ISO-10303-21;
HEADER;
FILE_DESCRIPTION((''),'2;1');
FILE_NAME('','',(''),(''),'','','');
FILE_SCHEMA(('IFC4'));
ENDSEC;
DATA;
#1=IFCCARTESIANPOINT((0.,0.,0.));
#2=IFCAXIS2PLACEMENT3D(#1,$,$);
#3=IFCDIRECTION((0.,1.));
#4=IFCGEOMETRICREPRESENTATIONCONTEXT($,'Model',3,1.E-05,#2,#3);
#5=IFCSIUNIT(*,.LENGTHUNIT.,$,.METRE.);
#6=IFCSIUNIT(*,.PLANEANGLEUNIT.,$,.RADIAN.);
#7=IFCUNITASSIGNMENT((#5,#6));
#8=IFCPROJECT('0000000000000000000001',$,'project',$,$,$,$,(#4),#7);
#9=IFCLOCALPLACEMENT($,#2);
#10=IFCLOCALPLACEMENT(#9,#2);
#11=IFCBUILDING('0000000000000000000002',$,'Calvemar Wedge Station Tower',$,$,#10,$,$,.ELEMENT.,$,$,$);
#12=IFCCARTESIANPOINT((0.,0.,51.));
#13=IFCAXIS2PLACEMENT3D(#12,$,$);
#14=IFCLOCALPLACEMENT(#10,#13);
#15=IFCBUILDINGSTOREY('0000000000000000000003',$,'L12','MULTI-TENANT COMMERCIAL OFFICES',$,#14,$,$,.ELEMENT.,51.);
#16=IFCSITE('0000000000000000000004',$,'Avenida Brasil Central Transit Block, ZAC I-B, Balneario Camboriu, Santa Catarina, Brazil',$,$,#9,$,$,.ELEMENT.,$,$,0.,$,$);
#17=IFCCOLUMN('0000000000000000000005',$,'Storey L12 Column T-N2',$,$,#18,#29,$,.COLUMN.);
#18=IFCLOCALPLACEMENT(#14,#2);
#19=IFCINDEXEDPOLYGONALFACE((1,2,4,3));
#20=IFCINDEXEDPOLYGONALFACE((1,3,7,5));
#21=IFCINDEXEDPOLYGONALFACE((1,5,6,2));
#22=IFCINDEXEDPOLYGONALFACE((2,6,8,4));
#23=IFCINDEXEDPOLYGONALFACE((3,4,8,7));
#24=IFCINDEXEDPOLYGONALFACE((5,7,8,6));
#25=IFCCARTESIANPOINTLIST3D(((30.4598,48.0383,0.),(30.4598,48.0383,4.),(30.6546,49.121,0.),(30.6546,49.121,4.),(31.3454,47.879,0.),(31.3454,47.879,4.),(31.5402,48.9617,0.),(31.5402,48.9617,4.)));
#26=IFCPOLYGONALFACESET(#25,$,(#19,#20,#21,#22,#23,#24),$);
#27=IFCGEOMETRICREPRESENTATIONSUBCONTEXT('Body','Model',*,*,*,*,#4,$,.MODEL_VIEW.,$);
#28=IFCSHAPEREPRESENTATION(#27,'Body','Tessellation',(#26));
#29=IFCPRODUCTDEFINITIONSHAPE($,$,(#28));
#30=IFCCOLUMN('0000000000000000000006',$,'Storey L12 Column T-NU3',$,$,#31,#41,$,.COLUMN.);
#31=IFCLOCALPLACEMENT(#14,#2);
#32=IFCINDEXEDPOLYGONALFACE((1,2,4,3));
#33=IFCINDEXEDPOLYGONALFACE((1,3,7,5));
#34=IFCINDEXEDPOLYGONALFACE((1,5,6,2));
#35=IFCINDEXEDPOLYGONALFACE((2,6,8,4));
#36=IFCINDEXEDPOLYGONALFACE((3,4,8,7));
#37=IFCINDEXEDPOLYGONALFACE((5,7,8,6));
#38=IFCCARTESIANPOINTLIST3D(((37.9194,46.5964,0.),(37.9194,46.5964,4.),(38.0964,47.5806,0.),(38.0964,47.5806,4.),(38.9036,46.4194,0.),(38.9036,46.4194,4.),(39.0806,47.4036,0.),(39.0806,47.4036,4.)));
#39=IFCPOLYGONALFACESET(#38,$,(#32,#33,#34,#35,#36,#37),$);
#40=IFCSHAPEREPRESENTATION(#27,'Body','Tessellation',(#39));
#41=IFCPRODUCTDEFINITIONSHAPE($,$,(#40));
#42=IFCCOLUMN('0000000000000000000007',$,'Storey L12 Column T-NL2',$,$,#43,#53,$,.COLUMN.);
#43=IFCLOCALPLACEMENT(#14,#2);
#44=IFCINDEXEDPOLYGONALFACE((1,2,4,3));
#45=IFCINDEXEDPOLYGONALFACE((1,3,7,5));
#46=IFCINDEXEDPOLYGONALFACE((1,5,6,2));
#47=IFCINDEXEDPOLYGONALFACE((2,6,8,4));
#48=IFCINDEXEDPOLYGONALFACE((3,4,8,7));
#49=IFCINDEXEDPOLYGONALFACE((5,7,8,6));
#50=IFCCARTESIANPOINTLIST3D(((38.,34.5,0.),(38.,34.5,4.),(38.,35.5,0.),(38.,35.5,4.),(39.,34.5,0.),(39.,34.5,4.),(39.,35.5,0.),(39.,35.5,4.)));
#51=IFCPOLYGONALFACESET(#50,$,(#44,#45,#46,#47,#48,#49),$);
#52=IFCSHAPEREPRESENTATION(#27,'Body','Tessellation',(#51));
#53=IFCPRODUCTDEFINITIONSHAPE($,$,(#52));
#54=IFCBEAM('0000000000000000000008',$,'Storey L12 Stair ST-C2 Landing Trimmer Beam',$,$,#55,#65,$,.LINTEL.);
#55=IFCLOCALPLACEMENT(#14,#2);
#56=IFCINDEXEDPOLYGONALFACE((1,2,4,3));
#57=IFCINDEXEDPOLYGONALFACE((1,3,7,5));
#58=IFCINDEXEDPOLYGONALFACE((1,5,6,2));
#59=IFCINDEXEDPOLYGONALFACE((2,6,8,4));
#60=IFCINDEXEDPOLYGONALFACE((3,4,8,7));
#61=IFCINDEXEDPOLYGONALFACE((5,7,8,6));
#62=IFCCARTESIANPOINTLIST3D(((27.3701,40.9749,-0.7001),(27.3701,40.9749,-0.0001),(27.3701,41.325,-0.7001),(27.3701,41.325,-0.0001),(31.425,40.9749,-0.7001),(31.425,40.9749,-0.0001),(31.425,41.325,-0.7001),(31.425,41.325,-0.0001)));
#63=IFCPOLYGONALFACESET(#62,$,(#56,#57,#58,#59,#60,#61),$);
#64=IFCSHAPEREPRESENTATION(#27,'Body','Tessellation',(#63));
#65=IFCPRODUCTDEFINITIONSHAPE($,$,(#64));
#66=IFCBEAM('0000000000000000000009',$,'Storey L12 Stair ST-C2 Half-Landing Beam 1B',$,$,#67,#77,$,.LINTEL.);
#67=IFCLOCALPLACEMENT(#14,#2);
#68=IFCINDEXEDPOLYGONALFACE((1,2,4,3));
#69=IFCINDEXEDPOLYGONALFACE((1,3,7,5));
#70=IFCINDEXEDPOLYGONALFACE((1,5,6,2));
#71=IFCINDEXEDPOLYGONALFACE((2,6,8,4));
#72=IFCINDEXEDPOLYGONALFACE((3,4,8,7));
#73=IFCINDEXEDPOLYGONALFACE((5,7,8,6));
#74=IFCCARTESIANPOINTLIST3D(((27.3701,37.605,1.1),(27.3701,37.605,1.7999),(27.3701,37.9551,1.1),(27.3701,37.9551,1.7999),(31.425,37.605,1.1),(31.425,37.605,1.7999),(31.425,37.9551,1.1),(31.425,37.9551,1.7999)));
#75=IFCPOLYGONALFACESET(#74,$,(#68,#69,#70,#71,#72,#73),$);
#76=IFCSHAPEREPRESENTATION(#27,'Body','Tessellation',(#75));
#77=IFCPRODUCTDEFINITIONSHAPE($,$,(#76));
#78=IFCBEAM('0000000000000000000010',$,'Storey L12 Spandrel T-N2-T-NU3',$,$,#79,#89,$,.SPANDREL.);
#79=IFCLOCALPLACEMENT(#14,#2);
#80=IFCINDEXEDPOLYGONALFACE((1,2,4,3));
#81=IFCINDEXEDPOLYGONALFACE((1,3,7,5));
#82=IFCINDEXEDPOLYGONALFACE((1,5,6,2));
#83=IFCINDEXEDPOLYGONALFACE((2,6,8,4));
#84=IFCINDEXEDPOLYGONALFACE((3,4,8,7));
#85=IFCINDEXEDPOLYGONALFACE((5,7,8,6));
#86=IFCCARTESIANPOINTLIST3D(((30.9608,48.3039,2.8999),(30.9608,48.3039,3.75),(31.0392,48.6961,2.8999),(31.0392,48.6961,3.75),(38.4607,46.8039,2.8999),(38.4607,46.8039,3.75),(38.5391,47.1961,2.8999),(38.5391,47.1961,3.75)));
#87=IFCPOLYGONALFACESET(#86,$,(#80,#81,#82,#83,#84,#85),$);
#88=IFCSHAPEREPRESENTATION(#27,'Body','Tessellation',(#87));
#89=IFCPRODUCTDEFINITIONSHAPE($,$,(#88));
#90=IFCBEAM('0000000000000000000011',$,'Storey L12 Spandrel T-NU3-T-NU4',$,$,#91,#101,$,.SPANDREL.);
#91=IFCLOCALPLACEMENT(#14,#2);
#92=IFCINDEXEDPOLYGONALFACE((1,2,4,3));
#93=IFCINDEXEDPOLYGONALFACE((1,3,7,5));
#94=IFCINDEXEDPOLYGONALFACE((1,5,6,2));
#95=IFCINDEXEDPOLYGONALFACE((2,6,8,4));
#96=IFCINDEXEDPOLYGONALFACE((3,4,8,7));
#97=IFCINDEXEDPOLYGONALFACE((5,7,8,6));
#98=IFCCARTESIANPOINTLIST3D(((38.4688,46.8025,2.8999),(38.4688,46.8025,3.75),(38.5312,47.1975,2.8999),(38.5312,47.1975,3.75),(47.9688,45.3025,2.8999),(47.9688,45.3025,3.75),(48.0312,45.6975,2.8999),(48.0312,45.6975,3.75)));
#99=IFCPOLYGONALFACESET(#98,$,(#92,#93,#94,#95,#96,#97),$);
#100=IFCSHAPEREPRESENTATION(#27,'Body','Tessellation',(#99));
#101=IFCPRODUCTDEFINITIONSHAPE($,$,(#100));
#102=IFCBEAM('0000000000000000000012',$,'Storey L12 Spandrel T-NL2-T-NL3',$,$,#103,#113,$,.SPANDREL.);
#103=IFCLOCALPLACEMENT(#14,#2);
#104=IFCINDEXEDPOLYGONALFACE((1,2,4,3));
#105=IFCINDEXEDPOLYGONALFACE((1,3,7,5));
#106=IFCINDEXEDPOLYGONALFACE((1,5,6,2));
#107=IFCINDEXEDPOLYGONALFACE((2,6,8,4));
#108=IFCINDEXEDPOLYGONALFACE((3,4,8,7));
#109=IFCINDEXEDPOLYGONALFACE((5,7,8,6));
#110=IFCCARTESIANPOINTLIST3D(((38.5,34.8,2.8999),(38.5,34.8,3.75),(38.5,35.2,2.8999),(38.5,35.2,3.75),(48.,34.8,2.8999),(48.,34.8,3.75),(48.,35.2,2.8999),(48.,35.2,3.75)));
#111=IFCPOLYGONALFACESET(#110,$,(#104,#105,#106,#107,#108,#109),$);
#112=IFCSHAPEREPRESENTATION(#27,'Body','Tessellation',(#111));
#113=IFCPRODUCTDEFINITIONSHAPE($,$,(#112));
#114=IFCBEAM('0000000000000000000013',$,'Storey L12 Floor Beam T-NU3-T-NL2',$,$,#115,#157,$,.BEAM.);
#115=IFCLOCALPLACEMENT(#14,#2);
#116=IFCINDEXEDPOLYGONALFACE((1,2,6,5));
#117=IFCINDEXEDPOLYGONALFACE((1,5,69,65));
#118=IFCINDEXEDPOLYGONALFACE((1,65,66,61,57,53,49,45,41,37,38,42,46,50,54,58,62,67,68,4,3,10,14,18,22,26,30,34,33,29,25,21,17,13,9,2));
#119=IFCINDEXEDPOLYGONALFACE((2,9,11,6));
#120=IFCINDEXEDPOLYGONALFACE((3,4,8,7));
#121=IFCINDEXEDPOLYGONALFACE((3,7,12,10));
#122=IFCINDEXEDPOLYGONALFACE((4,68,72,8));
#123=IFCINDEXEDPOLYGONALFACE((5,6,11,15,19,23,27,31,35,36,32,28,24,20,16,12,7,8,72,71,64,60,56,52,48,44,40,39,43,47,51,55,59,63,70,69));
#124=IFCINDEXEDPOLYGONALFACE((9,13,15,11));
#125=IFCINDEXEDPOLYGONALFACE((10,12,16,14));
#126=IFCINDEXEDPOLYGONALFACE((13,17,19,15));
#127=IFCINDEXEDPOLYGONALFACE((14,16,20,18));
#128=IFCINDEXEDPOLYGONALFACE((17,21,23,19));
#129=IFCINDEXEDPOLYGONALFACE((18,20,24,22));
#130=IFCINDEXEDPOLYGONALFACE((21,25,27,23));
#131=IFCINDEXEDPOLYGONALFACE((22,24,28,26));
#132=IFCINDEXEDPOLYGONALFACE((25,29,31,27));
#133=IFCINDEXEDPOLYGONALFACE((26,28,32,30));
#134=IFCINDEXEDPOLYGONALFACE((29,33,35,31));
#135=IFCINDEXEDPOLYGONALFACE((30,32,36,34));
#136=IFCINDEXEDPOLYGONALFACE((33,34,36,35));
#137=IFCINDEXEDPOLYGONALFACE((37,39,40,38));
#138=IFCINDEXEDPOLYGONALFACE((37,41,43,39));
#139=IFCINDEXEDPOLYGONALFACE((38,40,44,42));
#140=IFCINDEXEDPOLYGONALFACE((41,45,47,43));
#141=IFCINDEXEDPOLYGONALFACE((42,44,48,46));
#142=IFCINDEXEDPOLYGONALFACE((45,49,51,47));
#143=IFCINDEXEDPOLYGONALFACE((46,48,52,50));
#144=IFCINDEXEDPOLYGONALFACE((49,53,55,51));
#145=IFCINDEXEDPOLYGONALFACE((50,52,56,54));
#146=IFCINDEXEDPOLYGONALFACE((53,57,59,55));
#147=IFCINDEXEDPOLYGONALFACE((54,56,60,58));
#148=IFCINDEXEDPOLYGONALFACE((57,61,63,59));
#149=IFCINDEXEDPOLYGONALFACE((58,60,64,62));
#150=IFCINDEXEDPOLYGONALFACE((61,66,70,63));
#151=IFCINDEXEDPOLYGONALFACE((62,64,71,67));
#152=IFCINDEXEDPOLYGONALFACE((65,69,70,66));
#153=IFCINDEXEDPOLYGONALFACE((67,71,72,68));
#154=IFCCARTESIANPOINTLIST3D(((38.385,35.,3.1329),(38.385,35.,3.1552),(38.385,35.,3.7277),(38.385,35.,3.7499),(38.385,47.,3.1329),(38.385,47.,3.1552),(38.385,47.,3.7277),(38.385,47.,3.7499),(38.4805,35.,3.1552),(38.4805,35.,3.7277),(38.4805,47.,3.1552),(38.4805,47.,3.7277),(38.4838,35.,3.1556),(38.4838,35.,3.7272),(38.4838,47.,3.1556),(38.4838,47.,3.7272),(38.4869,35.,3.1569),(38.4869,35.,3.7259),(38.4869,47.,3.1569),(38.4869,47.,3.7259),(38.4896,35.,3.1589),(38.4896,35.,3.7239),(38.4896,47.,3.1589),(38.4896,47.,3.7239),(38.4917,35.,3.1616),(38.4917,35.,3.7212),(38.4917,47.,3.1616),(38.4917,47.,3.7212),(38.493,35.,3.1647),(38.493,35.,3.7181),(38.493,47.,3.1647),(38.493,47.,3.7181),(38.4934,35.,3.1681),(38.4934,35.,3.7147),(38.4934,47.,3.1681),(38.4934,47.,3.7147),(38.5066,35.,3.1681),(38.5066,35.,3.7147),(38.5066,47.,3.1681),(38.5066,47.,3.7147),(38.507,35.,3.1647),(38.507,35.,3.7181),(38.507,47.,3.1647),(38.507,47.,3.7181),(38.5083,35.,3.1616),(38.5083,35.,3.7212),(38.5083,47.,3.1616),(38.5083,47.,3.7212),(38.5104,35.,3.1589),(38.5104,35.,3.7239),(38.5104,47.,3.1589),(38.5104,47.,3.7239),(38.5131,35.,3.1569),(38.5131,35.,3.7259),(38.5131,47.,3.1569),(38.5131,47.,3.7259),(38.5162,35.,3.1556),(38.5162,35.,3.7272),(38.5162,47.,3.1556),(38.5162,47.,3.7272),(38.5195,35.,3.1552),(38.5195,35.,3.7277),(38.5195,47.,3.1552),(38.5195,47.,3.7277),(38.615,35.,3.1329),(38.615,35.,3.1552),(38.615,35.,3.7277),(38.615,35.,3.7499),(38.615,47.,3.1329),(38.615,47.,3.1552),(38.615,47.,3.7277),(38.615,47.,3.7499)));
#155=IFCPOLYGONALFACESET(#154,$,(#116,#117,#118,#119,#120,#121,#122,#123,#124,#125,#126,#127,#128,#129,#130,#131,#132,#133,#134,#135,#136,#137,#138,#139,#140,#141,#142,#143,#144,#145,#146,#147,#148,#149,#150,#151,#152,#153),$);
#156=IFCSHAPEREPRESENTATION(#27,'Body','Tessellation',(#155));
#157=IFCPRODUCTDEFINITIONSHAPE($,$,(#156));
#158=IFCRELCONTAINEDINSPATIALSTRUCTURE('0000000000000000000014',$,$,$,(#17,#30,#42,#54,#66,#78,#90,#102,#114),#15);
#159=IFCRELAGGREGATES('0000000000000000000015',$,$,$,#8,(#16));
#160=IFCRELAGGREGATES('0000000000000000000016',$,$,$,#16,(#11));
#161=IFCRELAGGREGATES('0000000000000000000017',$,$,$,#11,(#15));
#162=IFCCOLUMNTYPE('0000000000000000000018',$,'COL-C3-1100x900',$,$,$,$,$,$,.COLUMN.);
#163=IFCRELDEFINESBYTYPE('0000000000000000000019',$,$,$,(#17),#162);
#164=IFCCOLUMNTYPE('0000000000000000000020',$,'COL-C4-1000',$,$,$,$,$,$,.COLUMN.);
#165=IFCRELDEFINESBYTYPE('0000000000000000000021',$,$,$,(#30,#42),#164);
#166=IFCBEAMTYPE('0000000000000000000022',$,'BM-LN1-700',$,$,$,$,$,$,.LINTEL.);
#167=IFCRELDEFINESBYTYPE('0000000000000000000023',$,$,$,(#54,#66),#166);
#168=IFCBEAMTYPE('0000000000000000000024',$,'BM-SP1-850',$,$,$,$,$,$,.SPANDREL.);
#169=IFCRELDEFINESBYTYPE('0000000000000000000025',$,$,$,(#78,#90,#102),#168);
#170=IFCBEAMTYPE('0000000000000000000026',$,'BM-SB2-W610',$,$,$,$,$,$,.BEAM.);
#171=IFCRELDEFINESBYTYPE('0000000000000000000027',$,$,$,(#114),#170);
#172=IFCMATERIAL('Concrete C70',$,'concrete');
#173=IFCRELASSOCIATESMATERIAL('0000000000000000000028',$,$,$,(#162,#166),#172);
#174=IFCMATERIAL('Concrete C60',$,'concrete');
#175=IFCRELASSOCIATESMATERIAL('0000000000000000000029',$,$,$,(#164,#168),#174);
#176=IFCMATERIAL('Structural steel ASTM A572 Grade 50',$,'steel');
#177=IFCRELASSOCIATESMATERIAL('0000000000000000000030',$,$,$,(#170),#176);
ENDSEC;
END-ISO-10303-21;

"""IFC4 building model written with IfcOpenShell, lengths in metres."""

from ifc_helpers import new_model, si_unit, direction, frame, origin, origin_2d, place, context, subcontext, project, spatial, rectangle, i_section, extrude, source, transform, mapped, material, material_profile, profile_set, type_object, element, save


model = new_model("IFC4")

# Units and contexts
model_context = context("Model", 3, precision=1e-05, world=origin(), true_north=direction((0.0, 1.0)))
body_context = subcontext(model_context, "Body", "Model", "MODEL_VIEW")
ifc_project = project(units=[si_unit("LENGTHUNIT", "METRE"), si_unit("PLANEANGLEUNIT", "RADIAN")], contexts=[model_context])

# Site, building, storey
site_placement = place(None, origin())
site = spatial("IfcSite", under=ifc_project, at=site_placement, Name="Avenida Brasil Central Transit Block, ZAC I-B, Balneario Camboriu, Santa Catarina, Brazil", CompositionType="ELEMENT", RefElevation=0.0)
building_placement = place(site_placement, origin())
building = spatial("IfcBuilding", under=site, at=building_placement, Name="Calvemar Wedge Station Tower", CompositionType="ELEMENT")
storey_placement = place(building_placement, frame((0.0, 0.0, 51.0)))
storey = spatial("IfcBuildingStorey", under=building, at=storey_placement, Name="L12", Description="MULTI-TENANT COMMERCIAL OFFICES", CompositionType="ELEMENT", Elevation=51.0)

# Columns
ifc_material_1 = material(Name="Concrete C70", Category="concrete")
ifc_material_profile_1 = material_profile(ifc_material_1, rectangle(XDim=0.8999, YDim=1.1001, at=origin_2d()), Name="RC1100x900")
ifc_profile_set_1 = profile_set([ifc_material_profile_1], Name="Concrete C70")
column_type_1 = type_object("IfcColumnType", Name="COL-C3-1100x900", PredefinedType="COLUMN", material=ifc_profile_set_1)
shared_shape_1 = source(origin(), body_context, "Body", "SweptSolid", [
    extrude(rectangle(XDim=0.8999, YDim=1.1001, at=origin_2d()), origin(), (0.0, 0.0, 1.0), 4.0),
])
column_placement = place(storey_placement, frame((31.0, 48.5, 0.0), z_axis=(0.0, 0.0, 1.0), x_axis=(0.984196, -0.177085, 0.0)))
element("IfcColumn", 1, at=column_placement, inside=storey, type_object=column_type_1, Name="Storey L12 Column T-N2", PredefinedType="COLUMN", context=body_context, shape_type="MappedRepresentation", body=[
    mapped(shared_shape_1, transform((0.0, 0.0, 0.0), scale=1.0)),
])
ifc_material_2 = material(Name="Concrete C60", Category="concrete")
ifc_material_profile_2 = material_profile(ifc_material_2, rectangle(XDim=1.0, YDim=1.0, at=origin_2d()), Name="RC1000x1000")
ifc_profile_set_2 = profile_set([ifc_material_profile_2], Name="Concrete C60")
column_type_2 = type_object("IfcColumnType", Name="COL-C4-1000", PredefinedType="COLUMN", material=ifc_profile_set_2)
shared_shape_2 = source(origin(), body_context, "Body", "SweptSolid", [
    extrude(rectangle(XDim=1.0, YDim=1.0, at=origin_2d()), origin(), (0.0, 0.0, 1.0), 4.0),
])
for number, where, z_axis, x_axis, name in (
    (2, (38.5, 47.0, 0.0), (0.0, 0.0, 1.0), (0.984196, -0.177085, 0.0), "Storey L12 Column T-NU3"),
    (3, (38.5, 35.0, 0.0), (0.0, 0.0, 1.0), (1.0, 0.0, 0.0), "Storey L12 Column T-NL2"),
):
    element("IfcColumn", number, at=place(storey_placement, frame(where, z_axis=z_axis, x_axis=x_axis)), inside=storey, type_object=column_type_2, Name=name, PredefinedType="COLUMN", context=body_context, shape_type="MappedRepresentation", body=[
        mapped(shared_shape_2, transform((0.0, 0.0, 0.0), scale=1.0)),
    ])

# Beams
ifc_material_profile_3 = material_profile(ifc_material_1, rectangle(XDim=0.3501, YDim=0.7, at=origin_2d()), Name="RC350x700")
ifc_profile_set_3 = profile_set([ifc_material_profile_3], Name="Concrete C70")
beam_type_1 = type_object("IfcBeamType", Name="BM-LN1-700", PredefinedType="LINTEL", material=ifc_profile_set_3)
shared_shape_3 = source(origin(), body_context, "Body", "SweptSolid", [
    extrude(rectangle(XDim=0.3501, YDim=0.7, at=origin_2d()), origin(), (0.0, 0.0, 1.0), 4.0549),
])
for number, where, z_axis, x_axis, name in (
    (4, (27.3701, 41.1499, -0.3501), (1.0, 0.0, 0.0), (0.0, 1.0, 0.0), "Storey L12 Stair ST-C2 Landing Trimmer Beam"),
    (5, (27.3701, 37.78, 1.45), (1.0, 0.0, 0.0), (0.0, 1.0, 0.0), "Storey L12 Stair ST-C2 Half-Landing Beam 1B"),
):
    element("IfcBeam", number, at=place(storey_placement, frame(where, z_axis=z_axis, x_axis=x_axis)), inside=storey, type_object=beam_type_1, Name=name, PredefinedType="LINTEL", context=body_context, shape_type="MappedRepresentation", body=[
        mapped(shared_shape_3, transform((0.0, 0.0, 0.0), scale=1.0)),
    ])
ifc_material_profile_4 = material_profile(ifc_material_2, rectangle(XDim=0.3999, YDim=0.8501, at=origin_2d()), Name="RC400x850")
ifc_profile_set_4 = profile_set([ifc_material_profile_4], Name="Concrete C60")
beam_type_2 = type_object("IfcBeamType", Name="BM-SP1-850", PredefinedType="SPANDREL", material=ifc_profile_set_4)
shared_shape_4 = source(origin(), body_context, "Body", "SweptSolid", [
    extrude(rectangle(XDim=0.3999, YDim=0.8501, at=origin_2d()), origin(), (0.0, 0.0, 1.0), 7.6484),
])
beam_1_placement = place(storey_placement, frame((31.0, 48.5, 3.325), z_axis=(0.980581, -0.196116, 0.0), x_axis=(0.196116, 0.980581, 0.0)))
element("IfcBeam", 6, at=beam_1_placement, inside=storey, type_object=beam_type_2, Name="Storey L12 Spandrel T-N2-T-NU3", PredefinedType="SPANDREL", context=body_context, shape_type="MappedRepresentation", body=[
    mapped(shared_shape_4, transform((0.0, 0.0, 0.0), scale=1.0)),
])
shared_shape_5 = source(origin(), body_context, "Body", "SweptSolid", [
    extrude(rectangle(XDim=0.3999, YDim=0.8501, at=origin_2d()), origin(), (0.0, 0.0, 1.0), 9.6177),
])
beam_2_placement = place(storey_placement, frame((38.5, 47.0, 3.325), z_axis=(0.987763, -0.155963, 0.0), x_axis=(0.155963, 0.987763, 0.0)))
element("IfcBeam", 7, at=beam_2_placement, inside=storey, type_object=beam_type_2, Name="Storey L12 Spandrel T-NU3-T-NU4", PredefinedType="SPANDREL", context=body_context, shape_type="MappedRepresentation", body=[
    mapped(shared_shape_5, transform((0.0, 0.0, 0.0), scale=1.0)),
])
shared_shape_6 = source(origin(), body_context, "Body", "SweptSolid", [
    extrude(rectangle(XDim=0.3999, YDim=0.8501, at=origin_2d()), origin(), (0.0, 0.0, 1.0), 9.5),
])
beam_3_placement = place(storey_placement, frame((38.5, 35.0, 3.325), z_axis=(1.0, 0.0, 0.0), x_axis=(0.0, 1.0, 0.0)))
element("IfcBeam", 8, at=beam_3_placement, inside=storey, type_object=beam_type_2, Name="Storey L12 Spandrel T-NL2-T-NL3", PredefinedType="SPANDREL", context=body_context, shape_type="MappedRepresentation", body=[
    mapped(shared_shape_6, transform((0.0, 0.0, 0.0), scale=1.0)),
])
ifc_material_3 = material(Name="Structural steel ASTM A572 Grade 50", Category="steel")
ifc_material_profile_5 = material_profile(ifc_material_3, i_section(OverallWidth=0.23, OverallDepth=0.6169, WebThickness=0.0132, FlangeThickness=0.0222, FilletRadius=0.0129, at=origin_2d()), Name="W610x140")
ifc_profile_set_5 = profile_set([ifc_material_profile_5], Name="Structural steel ASTM A572 Grade 50")
beam_type_3 = type_object("IfcBeamType", Name="BM-SB2-W610", PredefinedType="BEAM", material=ifc_profile_set_5)
shared_shape_7 = source(origin(), body_context, "Body", "SweptSolid", [
    extrude(i_section(OverallWidth=0.23, OverallDepth=0.6169, WebThickness=0.0132, FlangeThickness=0.0222, FilletRadius=0.0129, at=origin_2d()), origin(), (0.0, 0.0, 1.0), 12.0),
])
beam_4_placement = place(storey_placement, frame((38.5, 47.0, 3.4414), z_axis=(0.0, -1.0, 0.0), x_axis=(1.0, 0.0, 0.0)))
element("IfcBeam", 9, at=beam_4_placement, inside=storey, type_object=beam_type_3, Name="Storey L12 Floor Beam T-NU3-T-NL2", PredefinedType="BEAM", context=body_context, shape_type="MappedRepresentation", body=[
    mapped(shared_shape_7, transform((0.0, 0.0, 0.0), scale=1.0)),
])

save(model, "model.ifc")
